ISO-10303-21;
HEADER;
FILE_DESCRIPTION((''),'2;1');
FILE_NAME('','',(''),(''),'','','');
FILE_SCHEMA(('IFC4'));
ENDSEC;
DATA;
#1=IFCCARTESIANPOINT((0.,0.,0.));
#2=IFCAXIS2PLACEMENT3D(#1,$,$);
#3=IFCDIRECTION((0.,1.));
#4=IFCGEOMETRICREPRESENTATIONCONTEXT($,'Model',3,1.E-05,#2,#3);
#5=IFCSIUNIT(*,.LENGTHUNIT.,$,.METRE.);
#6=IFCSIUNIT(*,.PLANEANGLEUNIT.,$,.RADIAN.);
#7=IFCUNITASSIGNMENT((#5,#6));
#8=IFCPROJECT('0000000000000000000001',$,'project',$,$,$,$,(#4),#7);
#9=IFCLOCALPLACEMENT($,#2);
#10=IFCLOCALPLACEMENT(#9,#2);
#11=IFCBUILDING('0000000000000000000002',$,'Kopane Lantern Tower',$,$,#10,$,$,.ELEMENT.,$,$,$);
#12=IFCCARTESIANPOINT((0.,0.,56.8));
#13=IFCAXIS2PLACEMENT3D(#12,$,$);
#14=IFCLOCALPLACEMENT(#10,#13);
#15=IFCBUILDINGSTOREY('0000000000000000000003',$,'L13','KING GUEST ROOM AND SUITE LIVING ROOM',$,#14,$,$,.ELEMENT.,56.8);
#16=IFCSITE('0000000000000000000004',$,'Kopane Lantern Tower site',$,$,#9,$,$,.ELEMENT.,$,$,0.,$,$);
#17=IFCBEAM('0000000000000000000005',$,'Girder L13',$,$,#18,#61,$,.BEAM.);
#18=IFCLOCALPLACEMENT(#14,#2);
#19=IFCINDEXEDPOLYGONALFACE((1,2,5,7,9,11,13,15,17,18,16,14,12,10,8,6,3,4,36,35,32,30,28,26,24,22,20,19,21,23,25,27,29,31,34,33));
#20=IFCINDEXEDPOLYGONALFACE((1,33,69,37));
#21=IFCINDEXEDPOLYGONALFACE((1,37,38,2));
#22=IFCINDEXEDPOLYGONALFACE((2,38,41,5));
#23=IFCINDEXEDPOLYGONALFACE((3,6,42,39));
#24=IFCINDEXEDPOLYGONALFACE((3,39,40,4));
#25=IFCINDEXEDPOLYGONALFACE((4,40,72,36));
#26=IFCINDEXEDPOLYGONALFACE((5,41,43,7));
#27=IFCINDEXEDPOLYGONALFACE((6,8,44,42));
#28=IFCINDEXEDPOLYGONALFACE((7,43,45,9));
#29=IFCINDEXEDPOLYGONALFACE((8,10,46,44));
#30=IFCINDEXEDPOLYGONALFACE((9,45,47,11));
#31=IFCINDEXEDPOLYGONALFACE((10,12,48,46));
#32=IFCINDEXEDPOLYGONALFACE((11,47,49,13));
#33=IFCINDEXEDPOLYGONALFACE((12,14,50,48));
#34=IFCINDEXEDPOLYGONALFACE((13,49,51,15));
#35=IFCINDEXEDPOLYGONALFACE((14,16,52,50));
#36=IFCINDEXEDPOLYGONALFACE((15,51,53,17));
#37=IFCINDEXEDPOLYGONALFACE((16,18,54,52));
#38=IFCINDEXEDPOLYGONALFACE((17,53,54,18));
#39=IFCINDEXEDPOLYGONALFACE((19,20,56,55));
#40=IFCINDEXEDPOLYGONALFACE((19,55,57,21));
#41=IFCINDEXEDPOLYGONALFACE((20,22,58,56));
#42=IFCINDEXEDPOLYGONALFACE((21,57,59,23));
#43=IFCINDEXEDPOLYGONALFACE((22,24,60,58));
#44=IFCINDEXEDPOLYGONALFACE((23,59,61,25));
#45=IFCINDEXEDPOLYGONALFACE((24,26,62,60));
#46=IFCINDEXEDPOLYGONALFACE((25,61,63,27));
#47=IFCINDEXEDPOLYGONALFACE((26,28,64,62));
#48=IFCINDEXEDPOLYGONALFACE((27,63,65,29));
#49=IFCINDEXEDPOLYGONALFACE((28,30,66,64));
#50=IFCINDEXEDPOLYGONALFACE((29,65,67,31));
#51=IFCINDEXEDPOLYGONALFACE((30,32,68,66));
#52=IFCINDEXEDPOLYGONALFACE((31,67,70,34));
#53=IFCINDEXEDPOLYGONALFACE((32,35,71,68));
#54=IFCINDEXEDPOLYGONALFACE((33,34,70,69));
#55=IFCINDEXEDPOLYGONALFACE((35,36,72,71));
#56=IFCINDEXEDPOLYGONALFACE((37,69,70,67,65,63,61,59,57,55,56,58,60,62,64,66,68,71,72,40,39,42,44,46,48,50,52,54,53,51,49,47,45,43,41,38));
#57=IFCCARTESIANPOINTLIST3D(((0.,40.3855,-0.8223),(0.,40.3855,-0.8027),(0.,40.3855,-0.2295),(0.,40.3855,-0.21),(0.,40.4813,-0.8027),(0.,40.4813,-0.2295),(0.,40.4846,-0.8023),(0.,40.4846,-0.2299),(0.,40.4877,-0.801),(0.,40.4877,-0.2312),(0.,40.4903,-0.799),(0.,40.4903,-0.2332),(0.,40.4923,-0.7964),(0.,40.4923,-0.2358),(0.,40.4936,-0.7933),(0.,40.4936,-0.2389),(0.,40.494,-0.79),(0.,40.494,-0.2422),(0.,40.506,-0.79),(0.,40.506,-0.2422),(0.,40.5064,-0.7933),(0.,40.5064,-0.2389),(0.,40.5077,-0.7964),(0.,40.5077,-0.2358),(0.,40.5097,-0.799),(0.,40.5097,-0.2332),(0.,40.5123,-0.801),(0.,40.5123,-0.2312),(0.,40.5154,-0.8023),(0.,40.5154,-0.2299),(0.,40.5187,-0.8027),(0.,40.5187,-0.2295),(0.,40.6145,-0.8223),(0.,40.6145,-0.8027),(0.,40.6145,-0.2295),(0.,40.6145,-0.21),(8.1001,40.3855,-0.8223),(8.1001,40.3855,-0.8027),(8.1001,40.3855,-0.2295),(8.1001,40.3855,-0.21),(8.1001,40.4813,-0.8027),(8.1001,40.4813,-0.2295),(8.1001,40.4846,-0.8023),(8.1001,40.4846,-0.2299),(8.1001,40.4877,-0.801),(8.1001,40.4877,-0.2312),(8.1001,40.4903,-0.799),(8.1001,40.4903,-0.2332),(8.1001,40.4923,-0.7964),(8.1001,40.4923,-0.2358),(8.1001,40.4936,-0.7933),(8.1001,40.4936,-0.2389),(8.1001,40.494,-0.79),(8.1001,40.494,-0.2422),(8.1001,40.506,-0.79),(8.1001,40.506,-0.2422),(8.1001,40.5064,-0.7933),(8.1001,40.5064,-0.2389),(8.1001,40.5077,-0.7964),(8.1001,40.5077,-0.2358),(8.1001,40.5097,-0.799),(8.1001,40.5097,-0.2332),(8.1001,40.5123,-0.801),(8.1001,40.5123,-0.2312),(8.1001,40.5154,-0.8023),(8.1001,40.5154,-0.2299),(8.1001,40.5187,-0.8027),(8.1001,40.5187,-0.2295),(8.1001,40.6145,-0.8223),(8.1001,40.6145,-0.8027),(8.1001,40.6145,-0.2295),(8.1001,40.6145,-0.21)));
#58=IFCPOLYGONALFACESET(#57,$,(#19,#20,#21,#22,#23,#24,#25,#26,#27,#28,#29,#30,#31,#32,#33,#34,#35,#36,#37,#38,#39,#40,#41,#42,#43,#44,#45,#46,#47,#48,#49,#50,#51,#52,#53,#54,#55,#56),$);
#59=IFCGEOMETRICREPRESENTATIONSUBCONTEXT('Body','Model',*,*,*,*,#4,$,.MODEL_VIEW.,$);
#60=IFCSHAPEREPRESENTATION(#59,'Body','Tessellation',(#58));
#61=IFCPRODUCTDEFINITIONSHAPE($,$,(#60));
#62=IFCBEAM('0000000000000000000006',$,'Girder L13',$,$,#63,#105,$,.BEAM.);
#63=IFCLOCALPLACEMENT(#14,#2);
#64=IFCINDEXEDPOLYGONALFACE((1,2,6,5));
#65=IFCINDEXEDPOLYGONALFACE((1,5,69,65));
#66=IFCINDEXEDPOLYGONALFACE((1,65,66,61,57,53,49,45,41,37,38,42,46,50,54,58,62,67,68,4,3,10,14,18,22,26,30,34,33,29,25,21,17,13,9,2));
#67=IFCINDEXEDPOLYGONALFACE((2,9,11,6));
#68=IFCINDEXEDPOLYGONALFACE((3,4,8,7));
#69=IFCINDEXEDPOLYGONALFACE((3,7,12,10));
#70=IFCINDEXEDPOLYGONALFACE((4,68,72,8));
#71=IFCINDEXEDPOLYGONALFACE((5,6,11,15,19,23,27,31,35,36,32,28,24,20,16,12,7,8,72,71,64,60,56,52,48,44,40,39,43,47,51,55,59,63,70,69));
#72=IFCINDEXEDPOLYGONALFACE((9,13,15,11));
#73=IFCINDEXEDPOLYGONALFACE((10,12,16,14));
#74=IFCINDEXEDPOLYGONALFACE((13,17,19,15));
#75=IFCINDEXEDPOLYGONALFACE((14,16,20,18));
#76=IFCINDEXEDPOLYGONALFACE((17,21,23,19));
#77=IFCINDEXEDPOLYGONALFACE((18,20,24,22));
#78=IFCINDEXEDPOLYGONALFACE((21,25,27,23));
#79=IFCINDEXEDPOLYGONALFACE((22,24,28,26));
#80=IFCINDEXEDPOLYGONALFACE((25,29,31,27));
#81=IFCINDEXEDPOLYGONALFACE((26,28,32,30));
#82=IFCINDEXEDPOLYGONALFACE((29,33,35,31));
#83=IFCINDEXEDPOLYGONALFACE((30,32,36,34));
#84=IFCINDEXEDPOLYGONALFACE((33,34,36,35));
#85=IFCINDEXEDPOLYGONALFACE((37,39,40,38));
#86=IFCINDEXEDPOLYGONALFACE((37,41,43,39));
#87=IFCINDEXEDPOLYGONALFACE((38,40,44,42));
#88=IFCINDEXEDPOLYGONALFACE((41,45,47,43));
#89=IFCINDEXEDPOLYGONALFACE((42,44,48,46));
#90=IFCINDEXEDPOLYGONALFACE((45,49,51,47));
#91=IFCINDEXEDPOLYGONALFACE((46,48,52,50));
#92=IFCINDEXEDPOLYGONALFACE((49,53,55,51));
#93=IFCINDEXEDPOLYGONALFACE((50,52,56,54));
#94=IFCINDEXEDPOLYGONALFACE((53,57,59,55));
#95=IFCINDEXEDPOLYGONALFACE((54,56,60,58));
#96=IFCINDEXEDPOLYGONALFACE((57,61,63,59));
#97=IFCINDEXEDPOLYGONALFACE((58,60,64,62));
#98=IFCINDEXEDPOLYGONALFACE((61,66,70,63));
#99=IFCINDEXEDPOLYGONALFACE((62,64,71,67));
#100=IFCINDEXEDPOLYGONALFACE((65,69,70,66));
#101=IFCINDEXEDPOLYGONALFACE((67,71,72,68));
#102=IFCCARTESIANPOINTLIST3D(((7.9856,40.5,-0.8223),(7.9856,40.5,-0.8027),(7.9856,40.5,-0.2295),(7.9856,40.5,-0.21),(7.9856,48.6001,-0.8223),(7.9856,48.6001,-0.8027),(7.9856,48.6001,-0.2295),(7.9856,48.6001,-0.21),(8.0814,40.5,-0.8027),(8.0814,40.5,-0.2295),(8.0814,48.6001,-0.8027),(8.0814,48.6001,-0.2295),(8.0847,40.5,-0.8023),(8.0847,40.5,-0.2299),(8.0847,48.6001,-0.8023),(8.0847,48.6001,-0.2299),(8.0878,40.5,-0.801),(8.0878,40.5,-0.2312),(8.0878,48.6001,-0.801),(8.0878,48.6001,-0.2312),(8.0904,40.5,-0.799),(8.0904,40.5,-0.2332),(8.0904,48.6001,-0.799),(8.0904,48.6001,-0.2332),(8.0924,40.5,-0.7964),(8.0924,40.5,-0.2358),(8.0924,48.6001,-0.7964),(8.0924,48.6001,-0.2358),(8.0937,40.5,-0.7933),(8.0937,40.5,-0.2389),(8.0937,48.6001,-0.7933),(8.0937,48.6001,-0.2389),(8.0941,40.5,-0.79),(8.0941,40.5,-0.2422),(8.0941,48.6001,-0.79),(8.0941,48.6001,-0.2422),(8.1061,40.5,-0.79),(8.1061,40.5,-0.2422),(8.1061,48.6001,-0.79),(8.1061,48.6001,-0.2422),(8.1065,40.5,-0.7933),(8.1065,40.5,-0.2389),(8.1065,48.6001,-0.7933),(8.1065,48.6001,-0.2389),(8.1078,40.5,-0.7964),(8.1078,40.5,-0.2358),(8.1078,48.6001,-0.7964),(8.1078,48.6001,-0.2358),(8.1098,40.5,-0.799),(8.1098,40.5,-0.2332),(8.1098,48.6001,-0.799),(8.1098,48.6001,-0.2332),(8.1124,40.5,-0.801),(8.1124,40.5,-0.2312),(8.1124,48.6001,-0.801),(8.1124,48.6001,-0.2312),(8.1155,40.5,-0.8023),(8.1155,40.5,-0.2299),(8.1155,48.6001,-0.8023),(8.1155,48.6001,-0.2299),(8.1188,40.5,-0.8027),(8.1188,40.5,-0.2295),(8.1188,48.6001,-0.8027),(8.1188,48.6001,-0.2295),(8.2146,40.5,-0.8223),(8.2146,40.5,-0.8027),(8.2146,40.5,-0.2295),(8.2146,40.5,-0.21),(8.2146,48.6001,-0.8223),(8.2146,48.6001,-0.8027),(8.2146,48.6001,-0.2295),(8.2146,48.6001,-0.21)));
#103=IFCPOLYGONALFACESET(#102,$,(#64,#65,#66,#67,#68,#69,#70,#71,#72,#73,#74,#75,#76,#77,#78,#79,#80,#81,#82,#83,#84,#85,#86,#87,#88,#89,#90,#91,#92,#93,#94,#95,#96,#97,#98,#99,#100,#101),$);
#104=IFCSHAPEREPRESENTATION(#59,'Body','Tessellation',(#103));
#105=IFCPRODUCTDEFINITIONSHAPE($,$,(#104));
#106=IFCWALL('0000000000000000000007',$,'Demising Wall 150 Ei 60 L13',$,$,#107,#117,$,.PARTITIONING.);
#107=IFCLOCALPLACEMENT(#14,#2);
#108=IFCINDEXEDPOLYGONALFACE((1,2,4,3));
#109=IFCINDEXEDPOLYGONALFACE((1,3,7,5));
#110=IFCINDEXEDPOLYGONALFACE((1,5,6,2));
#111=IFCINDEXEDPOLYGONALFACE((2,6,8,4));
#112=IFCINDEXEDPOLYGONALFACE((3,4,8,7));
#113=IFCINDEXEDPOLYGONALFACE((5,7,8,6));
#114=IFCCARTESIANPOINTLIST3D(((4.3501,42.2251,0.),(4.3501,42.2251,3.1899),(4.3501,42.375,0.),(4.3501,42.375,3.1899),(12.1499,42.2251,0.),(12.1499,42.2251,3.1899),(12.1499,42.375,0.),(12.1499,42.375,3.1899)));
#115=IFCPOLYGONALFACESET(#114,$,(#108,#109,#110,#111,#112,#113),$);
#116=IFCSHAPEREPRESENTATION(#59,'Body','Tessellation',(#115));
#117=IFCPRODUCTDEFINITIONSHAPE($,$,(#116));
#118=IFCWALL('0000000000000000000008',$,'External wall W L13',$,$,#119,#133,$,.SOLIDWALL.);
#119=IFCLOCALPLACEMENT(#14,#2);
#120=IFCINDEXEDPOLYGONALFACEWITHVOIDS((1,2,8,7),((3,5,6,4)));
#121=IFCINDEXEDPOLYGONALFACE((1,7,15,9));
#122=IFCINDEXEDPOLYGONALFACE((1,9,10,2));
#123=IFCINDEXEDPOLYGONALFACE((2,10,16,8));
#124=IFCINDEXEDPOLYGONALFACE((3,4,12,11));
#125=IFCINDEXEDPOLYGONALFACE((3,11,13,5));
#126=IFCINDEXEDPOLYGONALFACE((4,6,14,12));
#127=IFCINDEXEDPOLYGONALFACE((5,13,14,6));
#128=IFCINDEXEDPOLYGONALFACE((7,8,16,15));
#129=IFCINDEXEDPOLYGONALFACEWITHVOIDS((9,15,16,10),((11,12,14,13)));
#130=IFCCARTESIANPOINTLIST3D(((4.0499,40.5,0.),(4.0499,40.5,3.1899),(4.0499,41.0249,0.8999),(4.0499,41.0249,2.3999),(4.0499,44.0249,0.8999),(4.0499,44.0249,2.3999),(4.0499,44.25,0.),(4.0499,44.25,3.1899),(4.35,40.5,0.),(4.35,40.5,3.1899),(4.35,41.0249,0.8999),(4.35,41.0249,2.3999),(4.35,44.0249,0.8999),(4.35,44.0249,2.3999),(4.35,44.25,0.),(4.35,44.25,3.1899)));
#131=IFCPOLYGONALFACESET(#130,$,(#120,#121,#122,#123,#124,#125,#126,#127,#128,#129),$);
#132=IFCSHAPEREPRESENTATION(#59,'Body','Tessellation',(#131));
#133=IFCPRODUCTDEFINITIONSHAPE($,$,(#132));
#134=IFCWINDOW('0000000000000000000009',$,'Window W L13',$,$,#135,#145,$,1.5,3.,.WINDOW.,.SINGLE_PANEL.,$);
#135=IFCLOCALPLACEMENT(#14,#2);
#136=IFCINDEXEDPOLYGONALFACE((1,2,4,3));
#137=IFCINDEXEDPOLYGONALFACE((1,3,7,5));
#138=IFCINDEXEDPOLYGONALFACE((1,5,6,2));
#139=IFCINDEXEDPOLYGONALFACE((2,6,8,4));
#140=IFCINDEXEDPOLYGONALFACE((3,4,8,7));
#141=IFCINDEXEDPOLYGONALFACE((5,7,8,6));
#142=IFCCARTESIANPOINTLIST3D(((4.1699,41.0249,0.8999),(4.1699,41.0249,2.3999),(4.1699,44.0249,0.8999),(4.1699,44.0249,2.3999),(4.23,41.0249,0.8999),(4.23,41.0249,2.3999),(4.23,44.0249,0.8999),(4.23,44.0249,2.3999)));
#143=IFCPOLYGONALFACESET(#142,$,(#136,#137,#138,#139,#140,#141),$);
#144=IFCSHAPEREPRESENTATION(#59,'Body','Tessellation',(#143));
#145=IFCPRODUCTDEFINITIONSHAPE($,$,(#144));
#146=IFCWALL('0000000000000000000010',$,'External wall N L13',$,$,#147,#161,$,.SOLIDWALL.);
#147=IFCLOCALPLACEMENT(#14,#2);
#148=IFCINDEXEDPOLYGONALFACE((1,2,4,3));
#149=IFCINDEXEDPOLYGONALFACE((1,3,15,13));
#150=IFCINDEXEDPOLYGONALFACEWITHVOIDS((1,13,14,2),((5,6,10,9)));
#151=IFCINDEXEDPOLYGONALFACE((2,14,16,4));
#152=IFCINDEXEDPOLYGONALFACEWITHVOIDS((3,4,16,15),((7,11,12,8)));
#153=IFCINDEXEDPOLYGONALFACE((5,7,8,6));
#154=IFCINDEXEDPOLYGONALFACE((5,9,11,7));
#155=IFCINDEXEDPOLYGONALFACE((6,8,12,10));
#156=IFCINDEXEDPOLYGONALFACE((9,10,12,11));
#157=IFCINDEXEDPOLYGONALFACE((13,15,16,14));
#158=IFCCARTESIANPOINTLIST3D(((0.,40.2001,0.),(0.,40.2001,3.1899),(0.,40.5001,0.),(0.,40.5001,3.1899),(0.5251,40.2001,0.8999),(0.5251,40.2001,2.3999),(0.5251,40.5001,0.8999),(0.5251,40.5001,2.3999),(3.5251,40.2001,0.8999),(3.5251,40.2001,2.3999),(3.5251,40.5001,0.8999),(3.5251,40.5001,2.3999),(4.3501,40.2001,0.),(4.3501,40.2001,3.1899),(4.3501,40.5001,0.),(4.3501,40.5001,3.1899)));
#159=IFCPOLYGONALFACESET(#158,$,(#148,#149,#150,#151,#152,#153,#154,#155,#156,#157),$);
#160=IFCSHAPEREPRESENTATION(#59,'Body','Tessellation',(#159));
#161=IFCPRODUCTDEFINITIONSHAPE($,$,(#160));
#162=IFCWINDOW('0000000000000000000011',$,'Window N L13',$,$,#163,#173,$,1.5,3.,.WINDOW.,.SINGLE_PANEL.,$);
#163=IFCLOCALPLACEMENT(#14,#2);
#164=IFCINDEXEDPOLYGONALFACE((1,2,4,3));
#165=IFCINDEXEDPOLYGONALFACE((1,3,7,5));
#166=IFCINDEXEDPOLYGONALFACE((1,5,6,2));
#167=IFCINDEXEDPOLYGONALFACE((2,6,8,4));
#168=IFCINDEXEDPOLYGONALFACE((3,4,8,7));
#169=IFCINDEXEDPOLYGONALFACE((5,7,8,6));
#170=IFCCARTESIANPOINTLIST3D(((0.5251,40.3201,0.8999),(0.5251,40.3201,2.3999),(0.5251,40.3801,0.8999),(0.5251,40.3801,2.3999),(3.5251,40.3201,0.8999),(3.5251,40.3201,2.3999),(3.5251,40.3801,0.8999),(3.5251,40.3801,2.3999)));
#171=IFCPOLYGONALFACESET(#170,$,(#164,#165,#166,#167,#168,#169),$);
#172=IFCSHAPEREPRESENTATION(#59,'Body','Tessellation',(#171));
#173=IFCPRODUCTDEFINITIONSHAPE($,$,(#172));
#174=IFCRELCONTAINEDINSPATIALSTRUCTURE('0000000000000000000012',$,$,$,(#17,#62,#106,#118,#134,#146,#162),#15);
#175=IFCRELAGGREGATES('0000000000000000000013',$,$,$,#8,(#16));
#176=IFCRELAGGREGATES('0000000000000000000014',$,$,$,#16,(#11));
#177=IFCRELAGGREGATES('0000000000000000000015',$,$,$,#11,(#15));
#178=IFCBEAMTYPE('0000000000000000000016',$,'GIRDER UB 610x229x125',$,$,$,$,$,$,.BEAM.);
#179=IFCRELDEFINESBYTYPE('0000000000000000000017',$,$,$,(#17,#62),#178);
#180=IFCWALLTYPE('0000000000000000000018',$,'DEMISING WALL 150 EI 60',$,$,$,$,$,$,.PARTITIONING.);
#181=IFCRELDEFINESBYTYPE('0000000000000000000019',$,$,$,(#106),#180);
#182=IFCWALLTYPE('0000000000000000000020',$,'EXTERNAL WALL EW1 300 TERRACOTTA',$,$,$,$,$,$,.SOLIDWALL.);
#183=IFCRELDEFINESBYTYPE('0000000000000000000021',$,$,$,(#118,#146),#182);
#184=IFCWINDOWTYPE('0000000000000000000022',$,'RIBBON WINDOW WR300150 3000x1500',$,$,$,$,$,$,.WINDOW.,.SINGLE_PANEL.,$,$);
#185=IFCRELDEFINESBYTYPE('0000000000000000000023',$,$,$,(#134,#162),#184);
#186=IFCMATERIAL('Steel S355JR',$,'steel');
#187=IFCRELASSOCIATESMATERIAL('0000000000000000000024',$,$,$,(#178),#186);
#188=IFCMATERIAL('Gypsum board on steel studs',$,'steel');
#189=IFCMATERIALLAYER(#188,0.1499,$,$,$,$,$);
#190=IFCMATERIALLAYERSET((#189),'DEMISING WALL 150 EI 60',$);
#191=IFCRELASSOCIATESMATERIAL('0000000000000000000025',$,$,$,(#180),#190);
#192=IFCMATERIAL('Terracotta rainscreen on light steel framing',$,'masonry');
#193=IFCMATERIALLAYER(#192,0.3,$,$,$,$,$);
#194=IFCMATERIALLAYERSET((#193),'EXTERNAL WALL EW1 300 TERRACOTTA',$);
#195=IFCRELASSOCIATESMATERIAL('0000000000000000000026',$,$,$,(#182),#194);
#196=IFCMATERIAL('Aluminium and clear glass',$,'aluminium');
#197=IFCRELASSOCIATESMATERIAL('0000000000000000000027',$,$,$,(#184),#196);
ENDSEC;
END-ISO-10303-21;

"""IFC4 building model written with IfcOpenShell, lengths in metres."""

from ifc_helpers import new_model, si_unit, direction, frame, frame_2d, origin, origin_2d, place, context, subcontext, project, spatial, rectangle, i_section, extrude, material, layer, layer_set, material_profile, profile_set, type_object, element, fill, save


model = new_model("IFC4")

# Units and contexts
model_context = context("Model", 3, precision=1e-05, world=origin(), true_north=direction((0.0, 1.0)))
body_context = subcontext(model_context, "Body", "Model", "MODEL_VIEW")
ifc_project = project(units=[si_unit("LENGTHUNIT", "METRE"), si_unit("PLANEANGLEUNIT", "RADIAN")], contexts=[model_context])

# Site, building, storey
site_placement = place(None, origin())
site = spatial("IfcSite", under=ifc_project, at=site_placement, Name="Kopane Lantern Tower site", CompositionType="ELEMENT", RefElevation=0.0)
building_placement = place(site_placement, origin())
building = spatial("IfcBuilding", under=site, at=building_placement, Name="Kopane Lantern Tower", CompositionType="ELEMENT")
storey_placement = place(building_placement, frame((0.0, 0.0, 56.8)))
storey = spatial("IfcBuildingStorey", under=building, at=storey_placement, Name="L13", Description="KING GUEST ROOM AND SUITE LIVING ROOM", CompositionType="ELEMENT", Elevation=56.8)

# Beams
ifc_material_1 = material(Name="Steel S355JR", Category="steel")
ifc_material_profile_1 = material_profile(ifc_material_1, i_section(OverallWidth=0.229, OverallDepth=0.6123, WebThickness=0.012, FlangeThickness=0.0195, FilletRadius=0.0127, at=origin_2d()), Name="UB 610x229x125")
ifc_profile_set_1 = profile_set([ifc_material_profile_1], Name="Steel S355JR")
beam_type_1 = type_object("IfcBeamType", Name="GIRDER UB 610x229x125", PredefinedType="BEAM", material=ifc_profile_set_1)
for number, where, z_axis, x_axis, name in (
    (1, (0.0, 40.5, -0.5161), (1.0, 0.0, 0.0), (0.0, 1.0, 0.0), "Girder L13"),
    (2, (8.1001, 40.5, -0.5161), (0.0, 1.0, 0.0), (-1.0, 0.0, 0.0), "Girder L13"),
):
    element("IfcBeam", number, at=place(storey_placement, frame(where, z_axis=z_axis, x_axis=x_axis)), inside=storey, type_object=beam_type_1, Name=name, PredefinedType="BEAM", context=body_context, shape_type="SweptSolid", body=[
        extrude(i_section(OverallWidth=0.229, OverallDepth=0.6123, WebThickness=0.012, FlangeThickness=0.0195, FilletRadius=0.0127, at=origin_2d()), origin(), (0.0, 0.0, 1.0), 8.1001),
    ])

# Wall
ifc_material_2 = material(Name="Gypsum board on steel studs", Category="steel")
ifc_layer_1 = layer(ifc_material_2, 0.1499)
ifc_layer_set_1 = layer_set([ifc_layer_1], Name="DEMISING WALL 150 EI 60")
wall_type_1 = type_object("IfcWallType", Name="DEMISING WALL 150 EI 60", PredefinedType="PARTITIONING", material=ifc_layer_set_1)
wall_1_placement = place(storey_placement, frame((4.3501, 42.3, 0.0), z_axis=(0.0, 0.0, 1.0), x_axis=(1.0, 0.0, 0.0)))
element("IfcWall", 3, at=wall_1_placement, inside=storey, type_object=wall_type_1, Name="Demising Wall 150 Ei 60 L13", PredefinedType="PARTITIONING", context=body_context, shape_type="SweptSolid", body=[
    extrude(rectangle(XDim=7.7998, YDim=0.1499, at=frame_2d((3.8999, 0.0))), origin(), (0.0, 0.0, 1.0), 3.1899),
])

# Walls, openings, windows
ifc_material_3 = material(Name="Terracotta rainscreen on light steel framing", Category="masonry")
ifc_layer_2 = layer(ifc_material_3, 0.3)
ifc_layer_set_2 = layer_set([ifc_layer_2], Name="EXTERNAL WALL EW1 300 TERRACOTTA")
wall_type_2 = type_object("IfcWallType", Name="EXTERNAL WALL EW1 300 TERRACOTTA", PredefinedType="SOLIDWALL", material=ifc_layer_set_2)
wall_2_placement = place(storey_placement, frame((4.2, 44.25, 0.0), z_axis=(0.0, 0.0, 1.0), x_axis=(0.0, -1.0, 0.0)))
wall_2 = element("IfcWall", 4, at=wall_2_placement, inside=storey, type_object=wall_type_2, Name="External wall W L13", PredefinedType="SOLIDWALL", context=body_context, shape_type="SweptSolid", body=[
    extrude(rectangle(XDim=3.75, YDim=0.3, at=frame_2d((1.875, 0.0))), origin(), (0.0, 0.0, 1.0), 3.1899),
])
opening_1_placement = place(wall_2_placement, frame((0.2251, 0.0, 0.8999)))
opening_1 = element("IfcOpeningElement", 5, at=opening_1_placement, cuts=wall_2, PredefinedType="OPENING", context=body_context, shape_type="SweptSolid", body=[
    extrude(rectangle(XDim=3.0, YDim=1.5, at=frame_2d((1.5, 0.75))), frame((0.0, 0.1599, 0.0), z_axis=(0.0, -1.0, 0.0), x_axis=(1.0, 0.0, 0.0)), (0.0, 0.0, 1.0), 0.3201),
])
ifc_material_4 = material(Name="Aluminium and clear glass", Category="aluminium")
window_type = type_object("IfcWindowType", Name="RIBBON WINDOW WR300150 3000x1500", PartitioningType="SINGLE_PANEL", PredefinedType="WINDOW", material=ifc_material_4)
window_1_placement = place(opening_1_placement, origin())
window_1 = element("IfcWindow", 6, at=window_1_placement, inside=storey, type_object=window_type, Name="Window W L13", OverallHeight=1.5, OverallWidth=3.0, PartitioningType="SINGLE_PANEL", PredefinedType="WINDOW", context=body_context, shape_type="SweptSolid", body=[
    extrude(rectangle(XDim=3.0, YDim=1.5, at=frame_2d((1.5, 0.75))), frame((0.0, 0.03, 0.0), z_axis=(0.0, -1.0, 0.0), x_axis=(1.0, 0.0, 0.0)), (0.0, 0.0, 1.0), 0.0601),
])
fill(opening_1, window_1)
wall_3_placement = place(storey_placement, frame((4.3501, 40.3501, 0.0), z_axis=(0.0, 0.0, 1.0), x_axis=(-1.0, 0.0, 0.0)))
wall_3 = element("IfcWall", 7, at=wall_3_placement, inside=storey, type_object=wall_type_2, Name="External wall N L13", PredefinedType="SOLIDWALL", context=body_context, shape_type="SweptSolid", body=[
    extrude(rectangle(XDim=4.3501, YDim=0.3, at=frame_2d((2.175, 0.0))), origin(), (0.0, 0.0, 1.0), 3.1899),
])
opening_2_placement = place(wall_3_placement, frame((0.825, 0.0, 0.8999)))
opening_2 = element("IfcOpeningElement", 8, at=opening_2_placement, cuts=wall_3, PredefinedType="OPENING", context=body_context, shape_type="SweptSolid", body=[
    extrude(rectangle(XDim=3.0, YDim=1.5, at=frame_2d((1.5, 0.75))), frame((0.0, 0.1599, 0.0), z_axis=(0.0, -1.0, 0.0), x_axis=(1.0, 0.0, 0.0)), (0.0, 0.0, 1.0), 0.3201),
])
window_2_placement = place(opening_2_placement, origin())
window_2 = element("IfcWindow", 9, at=window_2_placement, inside=storey, type_object=window_type, Name="Window N L13", OverallHeight=1.5, OverallWidth=3.0, PartitioningType="SINGLE_PANEL", PredefinedType="WINDOW", context=body_context, shape_type="SweptSolid", body=[
    extrude(rectangle(XDim=3.0, YDim=1.5, at=frame_2d((1.5, 0.75))), frame((0.0, 0.03, 0.0), z_axis=(0.0, -1.0, 0.0), x_axis=(1.0, 0.0, 0.0)), (0.0, 0.0, 1.0), 0.0601),
])
fill(opening_2, window_2)

save(model, "model.ifc")
